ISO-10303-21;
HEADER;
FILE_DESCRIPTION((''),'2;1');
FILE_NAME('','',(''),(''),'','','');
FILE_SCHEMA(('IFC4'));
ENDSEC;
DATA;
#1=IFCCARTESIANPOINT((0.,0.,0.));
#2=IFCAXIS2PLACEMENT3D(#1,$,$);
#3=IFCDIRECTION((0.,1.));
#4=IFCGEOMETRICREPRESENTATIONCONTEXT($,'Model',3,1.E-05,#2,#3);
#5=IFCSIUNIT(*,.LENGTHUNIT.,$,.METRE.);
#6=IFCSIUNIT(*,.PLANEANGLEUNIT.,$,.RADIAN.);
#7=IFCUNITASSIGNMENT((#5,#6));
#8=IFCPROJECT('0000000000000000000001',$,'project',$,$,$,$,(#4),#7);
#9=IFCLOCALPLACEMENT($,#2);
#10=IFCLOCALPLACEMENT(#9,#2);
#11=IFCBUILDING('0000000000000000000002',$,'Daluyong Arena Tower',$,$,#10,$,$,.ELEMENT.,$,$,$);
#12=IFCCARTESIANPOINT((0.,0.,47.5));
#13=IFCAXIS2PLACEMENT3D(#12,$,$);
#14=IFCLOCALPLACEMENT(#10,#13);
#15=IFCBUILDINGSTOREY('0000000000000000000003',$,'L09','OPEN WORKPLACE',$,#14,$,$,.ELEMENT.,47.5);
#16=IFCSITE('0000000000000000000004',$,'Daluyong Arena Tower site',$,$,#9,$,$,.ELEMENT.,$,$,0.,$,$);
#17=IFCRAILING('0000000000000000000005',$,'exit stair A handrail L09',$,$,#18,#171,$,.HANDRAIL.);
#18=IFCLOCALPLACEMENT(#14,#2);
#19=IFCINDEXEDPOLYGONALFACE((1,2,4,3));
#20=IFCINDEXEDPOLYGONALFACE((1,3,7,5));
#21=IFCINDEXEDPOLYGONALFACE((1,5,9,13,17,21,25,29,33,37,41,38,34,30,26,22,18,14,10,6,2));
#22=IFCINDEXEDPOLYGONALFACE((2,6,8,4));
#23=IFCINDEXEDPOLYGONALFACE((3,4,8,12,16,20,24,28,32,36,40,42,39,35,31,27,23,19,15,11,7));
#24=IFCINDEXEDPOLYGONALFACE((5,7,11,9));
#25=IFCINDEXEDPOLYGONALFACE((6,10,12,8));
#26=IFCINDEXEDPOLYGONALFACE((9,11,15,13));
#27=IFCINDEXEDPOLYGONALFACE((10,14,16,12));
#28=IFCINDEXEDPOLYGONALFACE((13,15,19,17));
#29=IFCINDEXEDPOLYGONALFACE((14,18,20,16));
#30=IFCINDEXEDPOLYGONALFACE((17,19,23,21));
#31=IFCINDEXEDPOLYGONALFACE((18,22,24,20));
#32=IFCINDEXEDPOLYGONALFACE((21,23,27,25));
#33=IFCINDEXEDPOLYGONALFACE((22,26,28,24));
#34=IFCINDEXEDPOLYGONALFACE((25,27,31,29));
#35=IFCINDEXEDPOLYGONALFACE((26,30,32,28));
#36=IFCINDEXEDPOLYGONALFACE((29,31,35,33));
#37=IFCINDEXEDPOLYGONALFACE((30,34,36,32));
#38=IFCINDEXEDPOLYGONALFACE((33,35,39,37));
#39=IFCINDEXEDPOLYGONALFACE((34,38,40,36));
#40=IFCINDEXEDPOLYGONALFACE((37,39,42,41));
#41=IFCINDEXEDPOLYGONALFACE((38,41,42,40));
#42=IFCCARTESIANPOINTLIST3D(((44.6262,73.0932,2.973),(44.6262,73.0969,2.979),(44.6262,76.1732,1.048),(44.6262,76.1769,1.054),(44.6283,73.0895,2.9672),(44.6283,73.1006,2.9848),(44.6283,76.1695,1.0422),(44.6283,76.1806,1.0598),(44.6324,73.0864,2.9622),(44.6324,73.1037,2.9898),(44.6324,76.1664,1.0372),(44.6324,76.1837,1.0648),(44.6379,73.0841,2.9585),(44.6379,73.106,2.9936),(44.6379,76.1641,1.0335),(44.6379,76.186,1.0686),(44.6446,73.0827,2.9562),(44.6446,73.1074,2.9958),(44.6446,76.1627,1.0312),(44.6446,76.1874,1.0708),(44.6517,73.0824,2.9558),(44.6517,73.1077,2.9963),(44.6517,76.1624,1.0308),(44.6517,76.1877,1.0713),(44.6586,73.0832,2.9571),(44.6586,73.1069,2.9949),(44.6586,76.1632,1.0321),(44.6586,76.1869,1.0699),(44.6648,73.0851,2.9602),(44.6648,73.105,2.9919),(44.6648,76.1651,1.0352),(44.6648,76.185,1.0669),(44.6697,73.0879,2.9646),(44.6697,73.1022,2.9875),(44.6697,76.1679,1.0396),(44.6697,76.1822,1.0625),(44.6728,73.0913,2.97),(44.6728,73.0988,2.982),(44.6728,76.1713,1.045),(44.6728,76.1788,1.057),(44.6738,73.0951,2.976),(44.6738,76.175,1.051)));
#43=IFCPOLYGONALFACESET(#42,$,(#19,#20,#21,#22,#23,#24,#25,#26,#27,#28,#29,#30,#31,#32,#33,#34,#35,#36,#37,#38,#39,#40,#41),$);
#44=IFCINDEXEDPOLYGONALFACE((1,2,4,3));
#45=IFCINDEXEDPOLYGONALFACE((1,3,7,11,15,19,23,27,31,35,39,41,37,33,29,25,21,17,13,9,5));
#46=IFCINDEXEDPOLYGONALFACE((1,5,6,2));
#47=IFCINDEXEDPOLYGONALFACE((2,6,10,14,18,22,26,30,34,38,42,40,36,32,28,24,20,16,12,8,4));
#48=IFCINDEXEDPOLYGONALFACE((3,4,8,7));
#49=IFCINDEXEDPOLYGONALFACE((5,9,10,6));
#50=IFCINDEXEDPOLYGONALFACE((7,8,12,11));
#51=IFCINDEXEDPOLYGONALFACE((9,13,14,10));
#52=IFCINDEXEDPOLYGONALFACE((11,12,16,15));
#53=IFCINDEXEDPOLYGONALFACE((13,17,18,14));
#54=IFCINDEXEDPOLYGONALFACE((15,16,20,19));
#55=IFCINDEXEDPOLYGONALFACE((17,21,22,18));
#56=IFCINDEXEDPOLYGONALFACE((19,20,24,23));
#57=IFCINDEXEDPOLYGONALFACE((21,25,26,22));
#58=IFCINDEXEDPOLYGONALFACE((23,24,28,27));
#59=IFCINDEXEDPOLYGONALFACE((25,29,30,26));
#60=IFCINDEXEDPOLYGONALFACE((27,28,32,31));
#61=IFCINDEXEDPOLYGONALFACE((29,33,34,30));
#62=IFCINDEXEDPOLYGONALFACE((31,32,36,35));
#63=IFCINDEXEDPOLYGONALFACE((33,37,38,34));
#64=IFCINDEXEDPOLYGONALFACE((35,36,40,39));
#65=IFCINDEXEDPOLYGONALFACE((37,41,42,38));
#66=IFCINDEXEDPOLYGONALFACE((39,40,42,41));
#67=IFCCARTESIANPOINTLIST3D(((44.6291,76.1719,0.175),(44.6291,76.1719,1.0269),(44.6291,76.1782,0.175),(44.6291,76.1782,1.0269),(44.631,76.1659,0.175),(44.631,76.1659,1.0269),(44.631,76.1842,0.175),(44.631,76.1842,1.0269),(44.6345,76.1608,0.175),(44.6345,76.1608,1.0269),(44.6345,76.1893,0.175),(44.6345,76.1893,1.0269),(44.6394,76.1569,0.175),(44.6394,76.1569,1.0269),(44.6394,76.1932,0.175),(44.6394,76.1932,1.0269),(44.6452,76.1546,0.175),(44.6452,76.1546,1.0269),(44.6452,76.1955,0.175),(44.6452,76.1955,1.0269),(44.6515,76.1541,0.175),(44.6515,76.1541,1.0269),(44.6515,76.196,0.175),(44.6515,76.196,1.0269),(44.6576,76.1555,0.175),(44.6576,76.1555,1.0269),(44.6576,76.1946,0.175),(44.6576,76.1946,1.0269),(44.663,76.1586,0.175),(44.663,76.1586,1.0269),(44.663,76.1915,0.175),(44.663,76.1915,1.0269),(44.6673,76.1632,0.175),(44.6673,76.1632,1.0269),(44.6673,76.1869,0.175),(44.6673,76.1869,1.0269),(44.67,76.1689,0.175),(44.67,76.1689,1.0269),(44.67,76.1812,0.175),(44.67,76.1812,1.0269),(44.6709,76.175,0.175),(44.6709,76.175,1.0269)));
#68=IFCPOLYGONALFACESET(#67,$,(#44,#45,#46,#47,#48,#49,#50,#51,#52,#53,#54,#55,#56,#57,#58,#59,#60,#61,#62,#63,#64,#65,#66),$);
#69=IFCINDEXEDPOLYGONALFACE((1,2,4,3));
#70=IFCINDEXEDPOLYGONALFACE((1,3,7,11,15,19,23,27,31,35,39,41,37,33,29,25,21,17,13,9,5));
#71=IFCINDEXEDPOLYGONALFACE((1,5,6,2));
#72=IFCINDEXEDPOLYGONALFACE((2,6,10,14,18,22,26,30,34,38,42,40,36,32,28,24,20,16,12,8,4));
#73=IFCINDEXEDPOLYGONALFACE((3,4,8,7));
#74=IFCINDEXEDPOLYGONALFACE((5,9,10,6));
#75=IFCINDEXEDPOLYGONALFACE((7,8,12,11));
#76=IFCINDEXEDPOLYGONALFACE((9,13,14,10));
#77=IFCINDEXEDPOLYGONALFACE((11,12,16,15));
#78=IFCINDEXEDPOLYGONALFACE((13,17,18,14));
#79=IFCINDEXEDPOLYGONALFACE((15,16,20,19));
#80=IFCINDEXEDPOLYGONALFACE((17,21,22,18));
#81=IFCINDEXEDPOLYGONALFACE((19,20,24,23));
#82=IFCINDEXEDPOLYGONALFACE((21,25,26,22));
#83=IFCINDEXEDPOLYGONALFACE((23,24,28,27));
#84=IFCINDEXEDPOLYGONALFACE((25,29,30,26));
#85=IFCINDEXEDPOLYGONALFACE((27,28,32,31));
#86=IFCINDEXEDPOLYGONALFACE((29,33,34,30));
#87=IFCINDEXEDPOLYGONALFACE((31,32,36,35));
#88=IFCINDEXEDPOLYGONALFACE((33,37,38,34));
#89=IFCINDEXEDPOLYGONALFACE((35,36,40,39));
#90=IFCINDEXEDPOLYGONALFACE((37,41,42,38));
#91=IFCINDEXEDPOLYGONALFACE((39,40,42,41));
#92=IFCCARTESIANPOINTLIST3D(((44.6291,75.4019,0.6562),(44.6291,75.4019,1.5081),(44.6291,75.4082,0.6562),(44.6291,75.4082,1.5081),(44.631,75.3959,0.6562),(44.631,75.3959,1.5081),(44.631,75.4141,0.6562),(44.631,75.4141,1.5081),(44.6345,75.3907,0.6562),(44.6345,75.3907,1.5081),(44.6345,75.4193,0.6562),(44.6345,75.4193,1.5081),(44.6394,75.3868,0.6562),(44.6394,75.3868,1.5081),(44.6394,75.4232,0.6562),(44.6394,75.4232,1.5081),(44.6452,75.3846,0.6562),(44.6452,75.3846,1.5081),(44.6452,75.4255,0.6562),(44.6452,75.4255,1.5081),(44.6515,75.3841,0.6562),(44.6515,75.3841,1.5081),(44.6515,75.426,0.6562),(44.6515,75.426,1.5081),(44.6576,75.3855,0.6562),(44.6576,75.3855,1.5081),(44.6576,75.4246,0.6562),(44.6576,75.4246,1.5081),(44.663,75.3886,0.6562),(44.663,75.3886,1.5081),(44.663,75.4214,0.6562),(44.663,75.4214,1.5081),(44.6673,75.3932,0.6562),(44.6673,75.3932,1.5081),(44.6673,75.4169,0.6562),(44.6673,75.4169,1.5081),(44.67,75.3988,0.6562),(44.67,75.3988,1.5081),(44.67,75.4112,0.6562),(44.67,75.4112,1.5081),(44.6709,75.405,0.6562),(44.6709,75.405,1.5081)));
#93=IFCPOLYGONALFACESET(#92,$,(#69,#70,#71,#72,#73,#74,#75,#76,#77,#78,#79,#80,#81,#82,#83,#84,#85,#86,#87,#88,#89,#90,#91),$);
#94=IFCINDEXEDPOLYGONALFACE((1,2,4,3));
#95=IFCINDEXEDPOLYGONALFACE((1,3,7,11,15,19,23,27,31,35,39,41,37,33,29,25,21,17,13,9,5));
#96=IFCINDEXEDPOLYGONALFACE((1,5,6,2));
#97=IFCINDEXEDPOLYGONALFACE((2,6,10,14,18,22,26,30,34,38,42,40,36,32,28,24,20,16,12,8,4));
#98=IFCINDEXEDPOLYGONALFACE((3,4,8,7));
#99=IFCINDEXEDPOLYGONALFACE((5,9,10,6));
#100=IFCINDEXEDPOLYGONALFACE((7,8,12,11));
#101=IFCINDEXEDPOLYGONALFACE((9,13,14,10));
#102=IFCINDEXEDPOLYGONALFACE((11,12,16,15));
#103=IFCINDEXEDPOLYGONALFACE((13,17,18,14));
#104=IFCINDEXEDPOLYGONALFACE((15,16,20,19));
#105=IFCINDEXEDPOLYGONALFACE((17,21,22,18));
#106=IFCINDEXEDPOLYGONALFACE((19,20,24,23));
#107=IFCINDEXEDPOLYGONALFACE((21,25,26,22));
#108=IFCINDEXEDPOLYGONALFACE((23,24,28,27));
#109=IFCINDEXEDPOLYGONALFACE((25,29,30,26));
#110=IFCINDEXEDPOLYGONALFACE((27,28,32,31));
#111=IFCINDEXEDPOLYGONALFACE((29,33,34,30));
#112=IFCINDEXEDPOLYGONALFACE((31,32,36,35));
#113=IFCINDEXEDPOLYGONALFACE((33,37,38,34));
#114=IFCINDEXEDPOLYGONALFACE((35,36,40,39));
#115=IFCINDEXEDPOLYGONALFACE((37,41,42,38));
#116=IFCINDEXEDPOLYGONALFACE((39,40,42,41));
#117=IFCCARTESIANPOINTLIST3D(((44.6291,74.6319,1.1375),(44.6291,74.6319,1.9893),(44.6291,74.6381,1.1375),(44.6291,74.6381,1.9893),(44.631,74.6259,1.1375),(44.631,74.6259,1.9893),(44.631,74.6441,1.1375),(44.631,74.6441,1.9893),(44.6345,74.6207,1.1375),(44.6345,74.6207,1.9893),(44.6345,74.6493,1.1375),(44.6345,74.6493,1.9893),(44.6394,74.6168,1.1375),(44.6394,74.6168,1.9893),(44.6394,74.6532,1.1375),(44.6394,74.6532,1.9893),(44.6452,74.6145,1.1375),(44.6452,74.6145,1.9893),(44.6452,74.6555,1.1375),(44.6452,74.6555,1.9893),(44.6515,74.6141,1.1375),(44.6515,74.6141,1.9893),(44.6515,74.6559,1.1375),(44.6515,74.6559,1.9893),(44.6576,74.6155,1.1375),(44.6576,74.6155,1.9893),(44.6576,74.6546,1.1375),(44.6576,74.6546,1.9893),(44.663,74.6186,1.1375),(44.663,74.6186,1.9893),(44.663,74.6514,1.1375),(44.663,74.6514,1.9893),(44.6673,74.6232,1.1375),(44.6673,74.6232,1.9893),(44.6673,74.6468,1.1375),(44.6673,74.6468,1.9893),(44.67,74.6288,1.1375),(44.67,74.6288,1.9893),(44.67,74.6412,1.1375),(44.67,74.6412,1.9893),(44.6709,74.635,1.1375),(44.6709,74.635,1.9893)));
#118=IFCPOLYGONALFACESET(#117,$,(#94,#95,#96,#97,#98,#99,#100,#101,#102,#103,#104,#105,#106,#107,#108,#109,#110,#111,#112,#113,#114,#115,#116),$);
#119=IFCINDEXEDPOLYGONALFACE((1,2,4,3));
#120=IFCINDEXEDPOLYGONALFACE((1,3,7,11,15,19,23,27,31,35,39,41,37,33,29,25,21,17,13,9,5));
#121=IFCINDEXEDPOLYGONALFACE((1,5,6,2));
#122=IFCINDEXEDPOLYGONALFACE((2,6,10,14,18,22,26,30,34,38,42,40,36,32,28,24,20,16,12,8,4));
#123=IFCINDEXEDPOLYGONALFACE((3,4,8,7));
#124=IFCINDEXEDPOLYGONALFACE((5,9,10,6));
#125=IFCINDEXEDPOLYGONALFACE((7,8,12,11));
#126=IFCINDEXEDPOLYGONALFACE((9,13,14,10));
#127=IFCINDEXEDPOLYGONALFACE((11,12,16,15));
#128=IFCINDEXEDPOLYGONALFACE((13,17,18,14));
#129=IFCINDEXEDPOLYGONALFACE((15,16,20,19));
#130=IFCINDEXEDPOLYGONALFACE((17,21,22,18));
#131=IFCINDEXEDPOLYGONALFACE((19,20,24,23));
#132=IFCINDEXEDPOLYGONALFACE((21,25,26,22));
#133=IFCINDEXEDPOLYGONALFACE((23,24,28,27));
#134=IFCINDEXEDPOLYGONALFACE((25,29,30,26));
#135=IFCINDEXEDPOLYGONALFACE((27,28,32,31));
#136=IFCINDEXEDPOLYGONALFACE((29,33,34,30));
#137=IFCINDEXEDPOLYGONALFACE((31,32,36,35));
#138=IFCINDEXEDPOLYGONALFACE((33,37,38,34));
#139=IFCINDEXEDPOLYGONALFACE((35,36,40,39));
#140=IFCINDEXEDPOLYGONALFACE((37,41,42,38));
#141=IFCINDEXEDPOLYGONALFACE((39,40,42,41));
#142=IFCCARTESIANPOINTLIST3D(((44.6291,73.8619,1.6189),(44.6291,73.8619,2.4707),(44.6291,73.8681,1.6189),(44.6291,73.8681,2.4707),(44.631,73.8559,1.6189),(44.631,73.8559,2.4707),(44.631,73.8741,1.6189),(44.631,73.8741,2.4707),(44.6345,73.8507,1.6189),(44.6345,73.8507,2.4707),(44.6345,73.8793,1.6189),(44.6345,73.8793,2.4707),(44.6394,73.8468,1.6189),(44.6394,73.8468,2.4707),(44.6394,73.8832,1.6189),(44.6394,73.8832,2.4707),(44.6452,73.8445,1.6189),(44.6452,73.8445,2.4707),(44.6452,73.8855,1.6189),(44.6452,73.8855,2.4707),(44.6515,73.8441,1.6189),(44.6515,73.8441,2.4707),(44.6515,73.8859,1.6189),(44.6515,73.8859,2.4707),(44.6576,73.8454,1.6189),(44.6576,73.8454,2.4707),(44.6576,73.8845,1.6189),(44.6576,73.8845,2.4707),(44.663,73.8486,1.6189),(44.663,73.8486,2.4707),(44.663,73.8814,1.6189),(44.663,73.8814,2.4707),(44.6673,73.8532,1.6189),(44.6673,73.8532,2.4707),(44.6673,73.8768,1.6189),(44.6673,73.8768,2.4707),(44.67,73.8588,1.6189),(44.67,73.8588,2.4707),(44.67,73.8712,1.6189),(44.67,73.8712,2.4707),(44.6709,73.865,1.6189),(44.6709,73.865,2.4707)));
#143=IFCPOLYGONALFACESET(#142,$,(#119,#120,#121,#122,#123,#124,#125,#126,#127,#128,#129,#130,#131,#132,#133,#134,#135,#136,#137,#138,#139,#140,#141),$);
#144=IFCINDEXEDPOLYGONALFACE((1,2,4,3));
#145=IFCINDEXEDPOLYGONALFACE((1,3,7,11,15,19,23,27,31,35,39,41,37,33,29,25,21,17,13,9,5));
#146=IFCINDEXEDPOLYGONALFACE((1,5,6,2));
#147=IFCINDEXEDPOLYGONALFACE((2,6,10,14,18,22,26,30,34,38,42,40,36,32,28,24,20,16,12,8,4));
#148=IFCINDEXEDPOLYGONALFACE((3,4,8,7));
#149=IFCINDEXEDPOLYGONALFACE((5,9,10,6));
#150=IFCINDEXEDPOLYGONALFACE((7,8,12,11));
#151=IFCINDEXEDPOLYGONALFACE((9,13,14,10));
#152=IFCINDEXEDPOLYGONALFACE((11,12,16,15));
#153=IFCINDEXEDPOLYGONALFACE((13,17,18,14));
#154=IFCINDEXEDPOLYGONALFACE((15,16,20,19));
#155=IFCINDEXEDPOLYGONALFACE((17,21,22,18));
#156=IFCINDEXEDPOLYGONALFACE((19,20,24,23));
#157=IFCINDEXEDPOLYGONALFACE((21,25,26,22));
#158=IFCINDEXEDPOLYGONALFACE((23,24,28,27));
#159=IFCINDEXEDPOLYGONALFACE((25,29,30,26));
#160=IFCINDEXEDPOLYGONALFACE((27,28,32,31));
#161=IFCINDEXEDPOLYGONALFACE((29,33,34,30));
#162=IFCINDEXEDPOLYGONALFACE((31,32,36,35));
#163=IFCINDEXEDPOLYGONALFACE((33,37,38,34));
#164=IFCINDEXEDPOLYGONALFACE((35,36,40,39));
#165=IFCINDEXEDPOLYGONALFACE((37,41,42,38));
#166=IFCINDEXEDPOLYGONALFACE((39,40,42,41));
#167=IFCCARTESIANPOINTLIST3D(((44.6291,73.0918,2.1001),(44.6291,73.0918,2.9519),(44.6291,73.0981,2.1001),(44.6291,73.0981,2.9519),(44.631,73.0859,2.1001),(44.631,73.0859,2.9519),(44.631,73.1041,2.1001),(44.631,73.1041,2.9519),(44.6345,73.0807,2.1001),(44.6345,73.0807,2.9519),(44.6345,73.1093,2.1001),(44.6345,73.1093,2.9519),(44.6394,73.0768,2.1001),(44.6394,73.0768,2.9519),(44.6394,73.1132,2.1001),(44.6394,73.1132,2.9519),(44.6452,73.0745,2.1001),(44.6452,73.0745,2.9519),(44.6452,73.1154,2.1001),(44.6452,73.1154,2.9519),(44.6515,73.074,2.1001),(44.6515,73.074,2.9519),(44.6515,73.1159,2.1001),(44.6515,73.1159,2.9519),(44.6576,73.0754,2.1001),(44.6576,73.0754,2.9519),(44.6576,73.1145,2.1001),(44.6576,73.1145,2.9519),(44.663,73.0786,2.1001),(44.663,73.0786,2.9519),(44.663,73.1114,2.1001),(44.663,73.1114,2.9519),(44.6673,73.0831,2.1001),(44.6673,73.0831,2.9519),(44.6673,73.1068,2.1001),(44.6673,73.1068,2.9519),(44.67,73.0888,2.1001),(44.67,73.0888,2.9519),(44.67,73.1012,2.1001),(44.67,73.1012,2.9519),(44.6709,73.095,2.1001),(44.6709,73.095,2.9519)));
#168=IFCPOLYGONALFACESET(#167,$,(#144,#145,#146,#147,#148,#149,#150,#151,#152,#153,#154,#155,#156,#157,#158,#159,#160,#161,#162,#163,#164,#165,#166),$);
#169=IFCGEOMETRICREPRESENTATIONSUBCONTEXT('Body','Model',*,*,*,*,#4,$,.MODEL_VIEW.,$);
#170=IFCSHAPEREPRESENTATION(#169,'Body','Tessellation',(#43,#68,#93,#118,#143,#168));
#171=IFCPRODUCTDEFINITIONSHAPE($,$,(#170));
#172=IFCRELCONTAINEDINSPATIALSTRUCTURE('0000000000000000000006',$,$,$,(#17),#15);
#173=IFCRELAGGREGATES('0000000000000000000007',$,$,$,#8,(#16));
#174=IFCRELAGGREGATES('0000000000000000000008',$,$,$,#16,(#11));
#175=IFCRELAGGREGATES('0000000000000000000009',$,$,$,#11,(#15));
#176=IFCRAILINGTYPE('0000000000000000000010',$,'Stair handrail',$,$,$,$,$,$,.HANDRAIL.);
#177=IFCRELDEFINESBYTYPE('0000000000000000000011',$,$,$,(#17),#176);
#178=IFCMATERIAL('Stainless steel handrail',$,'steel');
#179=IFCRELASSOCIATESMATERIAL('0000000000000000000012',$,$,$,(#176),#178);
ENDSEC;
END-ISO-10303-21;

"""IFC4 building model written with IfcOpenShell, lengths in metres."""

from ifc_helpers import new_model, si_unit, direction, frame, origin, origin_2d, place, context, subcontext, project, spatial, circle, extrude, material, type_object, element, save


model = new_model("IFC4")

# Units and contexts
model_context = context("Model", 3, precision=1e-05, world=origin(), true_north=direction((0.0, 1.0)))
body_context = subcontext(model_context, "Body", "Model", "MODEL_VIEW")
ifc_project = project(units=[si_unit("LENGTHUNIT", "METRE"), si_unit("PLANEANGLEUNIT", "RADIAN")], contexts=[model_context])

# Site, building, storey
site_placement = place(None, origin())
site = spatial("IfcSite", under=ifc_project, at=site_placement, Name="Daluyong Arena Tower site", CompositionType="ELEMENT", RefElevation=0.0)
building_placement = place(site_placement, origin())
building = spatial("IfcBuilding", under=site, at=building_placement, Name="Daluyong Arena Tower", CompositionType="ELEMENT")
storey_placement = place(building_placement, frame((0.0, 0.0, 47.5)))
storey = spatial("IfcBuildingStorey", under=building, at=storey_placement, Name="L09", Description="OPEN WORKPLACE", CompositionType="ELEMENT", Elevation=47.5)

# Railing
ifc_material_1 = material(Name="Stainless steel handrail", Category="steel")
railing_type_1 = type_object("IfcRailingType", Name="Stair handrail", PredefinedType="HANDRAIL", material=ifc_material_1)
railing_1_placement = place(storey_placement, frame((44.6499, 76.175, 0.175)))
element("IfcRailing", 1, at=railing_1_placement, inside=storey, type_object=railing_type_1, Name="exit stair A handrail L09", PredefinedType="HANDRAIL", context=body_context, shape_type="SweptSolid", body=[
    extrude(circle(Radius=0.0239, at=origin_2d()), frame((0.0, 0.0, 0.876), z_axis=(0.0, -0.847998, 0.529999), x_axis=(1.0, 0.0, 0.0)), (0.0, 0.0, 1.0), 3.6321),
    extrude(circle(Radius=0.021, at=origin_2d()), origin(), (0.0, 0.0, 1.0), 0.8518),
    extrude(circle(Radius=0.021, at=origin_2d()), frame((0.0, -0.77, 0.4812)), (0.0, 0.0, 1.0), 0.8518),
    extrude(circle(Radius=0.021, at=origin_2d()), frame((0.0, -1.54, 0.9624)), (0.0, 0.0, 1.0), 0.8518),
    extrude(circle(Radius=0.021, at=origin_2d()), frame((0.0, -2.3101, 1.4438)), (0.0, 0.0, 1.0), 0.8518),
    extrude(circle(Radius=0.021, at=origin_2d()), frame((0.0, -3.0801, 1.925)), (0.0, 0.0, 1.0), 0.8518),
])

save(model, "model.ifc")
